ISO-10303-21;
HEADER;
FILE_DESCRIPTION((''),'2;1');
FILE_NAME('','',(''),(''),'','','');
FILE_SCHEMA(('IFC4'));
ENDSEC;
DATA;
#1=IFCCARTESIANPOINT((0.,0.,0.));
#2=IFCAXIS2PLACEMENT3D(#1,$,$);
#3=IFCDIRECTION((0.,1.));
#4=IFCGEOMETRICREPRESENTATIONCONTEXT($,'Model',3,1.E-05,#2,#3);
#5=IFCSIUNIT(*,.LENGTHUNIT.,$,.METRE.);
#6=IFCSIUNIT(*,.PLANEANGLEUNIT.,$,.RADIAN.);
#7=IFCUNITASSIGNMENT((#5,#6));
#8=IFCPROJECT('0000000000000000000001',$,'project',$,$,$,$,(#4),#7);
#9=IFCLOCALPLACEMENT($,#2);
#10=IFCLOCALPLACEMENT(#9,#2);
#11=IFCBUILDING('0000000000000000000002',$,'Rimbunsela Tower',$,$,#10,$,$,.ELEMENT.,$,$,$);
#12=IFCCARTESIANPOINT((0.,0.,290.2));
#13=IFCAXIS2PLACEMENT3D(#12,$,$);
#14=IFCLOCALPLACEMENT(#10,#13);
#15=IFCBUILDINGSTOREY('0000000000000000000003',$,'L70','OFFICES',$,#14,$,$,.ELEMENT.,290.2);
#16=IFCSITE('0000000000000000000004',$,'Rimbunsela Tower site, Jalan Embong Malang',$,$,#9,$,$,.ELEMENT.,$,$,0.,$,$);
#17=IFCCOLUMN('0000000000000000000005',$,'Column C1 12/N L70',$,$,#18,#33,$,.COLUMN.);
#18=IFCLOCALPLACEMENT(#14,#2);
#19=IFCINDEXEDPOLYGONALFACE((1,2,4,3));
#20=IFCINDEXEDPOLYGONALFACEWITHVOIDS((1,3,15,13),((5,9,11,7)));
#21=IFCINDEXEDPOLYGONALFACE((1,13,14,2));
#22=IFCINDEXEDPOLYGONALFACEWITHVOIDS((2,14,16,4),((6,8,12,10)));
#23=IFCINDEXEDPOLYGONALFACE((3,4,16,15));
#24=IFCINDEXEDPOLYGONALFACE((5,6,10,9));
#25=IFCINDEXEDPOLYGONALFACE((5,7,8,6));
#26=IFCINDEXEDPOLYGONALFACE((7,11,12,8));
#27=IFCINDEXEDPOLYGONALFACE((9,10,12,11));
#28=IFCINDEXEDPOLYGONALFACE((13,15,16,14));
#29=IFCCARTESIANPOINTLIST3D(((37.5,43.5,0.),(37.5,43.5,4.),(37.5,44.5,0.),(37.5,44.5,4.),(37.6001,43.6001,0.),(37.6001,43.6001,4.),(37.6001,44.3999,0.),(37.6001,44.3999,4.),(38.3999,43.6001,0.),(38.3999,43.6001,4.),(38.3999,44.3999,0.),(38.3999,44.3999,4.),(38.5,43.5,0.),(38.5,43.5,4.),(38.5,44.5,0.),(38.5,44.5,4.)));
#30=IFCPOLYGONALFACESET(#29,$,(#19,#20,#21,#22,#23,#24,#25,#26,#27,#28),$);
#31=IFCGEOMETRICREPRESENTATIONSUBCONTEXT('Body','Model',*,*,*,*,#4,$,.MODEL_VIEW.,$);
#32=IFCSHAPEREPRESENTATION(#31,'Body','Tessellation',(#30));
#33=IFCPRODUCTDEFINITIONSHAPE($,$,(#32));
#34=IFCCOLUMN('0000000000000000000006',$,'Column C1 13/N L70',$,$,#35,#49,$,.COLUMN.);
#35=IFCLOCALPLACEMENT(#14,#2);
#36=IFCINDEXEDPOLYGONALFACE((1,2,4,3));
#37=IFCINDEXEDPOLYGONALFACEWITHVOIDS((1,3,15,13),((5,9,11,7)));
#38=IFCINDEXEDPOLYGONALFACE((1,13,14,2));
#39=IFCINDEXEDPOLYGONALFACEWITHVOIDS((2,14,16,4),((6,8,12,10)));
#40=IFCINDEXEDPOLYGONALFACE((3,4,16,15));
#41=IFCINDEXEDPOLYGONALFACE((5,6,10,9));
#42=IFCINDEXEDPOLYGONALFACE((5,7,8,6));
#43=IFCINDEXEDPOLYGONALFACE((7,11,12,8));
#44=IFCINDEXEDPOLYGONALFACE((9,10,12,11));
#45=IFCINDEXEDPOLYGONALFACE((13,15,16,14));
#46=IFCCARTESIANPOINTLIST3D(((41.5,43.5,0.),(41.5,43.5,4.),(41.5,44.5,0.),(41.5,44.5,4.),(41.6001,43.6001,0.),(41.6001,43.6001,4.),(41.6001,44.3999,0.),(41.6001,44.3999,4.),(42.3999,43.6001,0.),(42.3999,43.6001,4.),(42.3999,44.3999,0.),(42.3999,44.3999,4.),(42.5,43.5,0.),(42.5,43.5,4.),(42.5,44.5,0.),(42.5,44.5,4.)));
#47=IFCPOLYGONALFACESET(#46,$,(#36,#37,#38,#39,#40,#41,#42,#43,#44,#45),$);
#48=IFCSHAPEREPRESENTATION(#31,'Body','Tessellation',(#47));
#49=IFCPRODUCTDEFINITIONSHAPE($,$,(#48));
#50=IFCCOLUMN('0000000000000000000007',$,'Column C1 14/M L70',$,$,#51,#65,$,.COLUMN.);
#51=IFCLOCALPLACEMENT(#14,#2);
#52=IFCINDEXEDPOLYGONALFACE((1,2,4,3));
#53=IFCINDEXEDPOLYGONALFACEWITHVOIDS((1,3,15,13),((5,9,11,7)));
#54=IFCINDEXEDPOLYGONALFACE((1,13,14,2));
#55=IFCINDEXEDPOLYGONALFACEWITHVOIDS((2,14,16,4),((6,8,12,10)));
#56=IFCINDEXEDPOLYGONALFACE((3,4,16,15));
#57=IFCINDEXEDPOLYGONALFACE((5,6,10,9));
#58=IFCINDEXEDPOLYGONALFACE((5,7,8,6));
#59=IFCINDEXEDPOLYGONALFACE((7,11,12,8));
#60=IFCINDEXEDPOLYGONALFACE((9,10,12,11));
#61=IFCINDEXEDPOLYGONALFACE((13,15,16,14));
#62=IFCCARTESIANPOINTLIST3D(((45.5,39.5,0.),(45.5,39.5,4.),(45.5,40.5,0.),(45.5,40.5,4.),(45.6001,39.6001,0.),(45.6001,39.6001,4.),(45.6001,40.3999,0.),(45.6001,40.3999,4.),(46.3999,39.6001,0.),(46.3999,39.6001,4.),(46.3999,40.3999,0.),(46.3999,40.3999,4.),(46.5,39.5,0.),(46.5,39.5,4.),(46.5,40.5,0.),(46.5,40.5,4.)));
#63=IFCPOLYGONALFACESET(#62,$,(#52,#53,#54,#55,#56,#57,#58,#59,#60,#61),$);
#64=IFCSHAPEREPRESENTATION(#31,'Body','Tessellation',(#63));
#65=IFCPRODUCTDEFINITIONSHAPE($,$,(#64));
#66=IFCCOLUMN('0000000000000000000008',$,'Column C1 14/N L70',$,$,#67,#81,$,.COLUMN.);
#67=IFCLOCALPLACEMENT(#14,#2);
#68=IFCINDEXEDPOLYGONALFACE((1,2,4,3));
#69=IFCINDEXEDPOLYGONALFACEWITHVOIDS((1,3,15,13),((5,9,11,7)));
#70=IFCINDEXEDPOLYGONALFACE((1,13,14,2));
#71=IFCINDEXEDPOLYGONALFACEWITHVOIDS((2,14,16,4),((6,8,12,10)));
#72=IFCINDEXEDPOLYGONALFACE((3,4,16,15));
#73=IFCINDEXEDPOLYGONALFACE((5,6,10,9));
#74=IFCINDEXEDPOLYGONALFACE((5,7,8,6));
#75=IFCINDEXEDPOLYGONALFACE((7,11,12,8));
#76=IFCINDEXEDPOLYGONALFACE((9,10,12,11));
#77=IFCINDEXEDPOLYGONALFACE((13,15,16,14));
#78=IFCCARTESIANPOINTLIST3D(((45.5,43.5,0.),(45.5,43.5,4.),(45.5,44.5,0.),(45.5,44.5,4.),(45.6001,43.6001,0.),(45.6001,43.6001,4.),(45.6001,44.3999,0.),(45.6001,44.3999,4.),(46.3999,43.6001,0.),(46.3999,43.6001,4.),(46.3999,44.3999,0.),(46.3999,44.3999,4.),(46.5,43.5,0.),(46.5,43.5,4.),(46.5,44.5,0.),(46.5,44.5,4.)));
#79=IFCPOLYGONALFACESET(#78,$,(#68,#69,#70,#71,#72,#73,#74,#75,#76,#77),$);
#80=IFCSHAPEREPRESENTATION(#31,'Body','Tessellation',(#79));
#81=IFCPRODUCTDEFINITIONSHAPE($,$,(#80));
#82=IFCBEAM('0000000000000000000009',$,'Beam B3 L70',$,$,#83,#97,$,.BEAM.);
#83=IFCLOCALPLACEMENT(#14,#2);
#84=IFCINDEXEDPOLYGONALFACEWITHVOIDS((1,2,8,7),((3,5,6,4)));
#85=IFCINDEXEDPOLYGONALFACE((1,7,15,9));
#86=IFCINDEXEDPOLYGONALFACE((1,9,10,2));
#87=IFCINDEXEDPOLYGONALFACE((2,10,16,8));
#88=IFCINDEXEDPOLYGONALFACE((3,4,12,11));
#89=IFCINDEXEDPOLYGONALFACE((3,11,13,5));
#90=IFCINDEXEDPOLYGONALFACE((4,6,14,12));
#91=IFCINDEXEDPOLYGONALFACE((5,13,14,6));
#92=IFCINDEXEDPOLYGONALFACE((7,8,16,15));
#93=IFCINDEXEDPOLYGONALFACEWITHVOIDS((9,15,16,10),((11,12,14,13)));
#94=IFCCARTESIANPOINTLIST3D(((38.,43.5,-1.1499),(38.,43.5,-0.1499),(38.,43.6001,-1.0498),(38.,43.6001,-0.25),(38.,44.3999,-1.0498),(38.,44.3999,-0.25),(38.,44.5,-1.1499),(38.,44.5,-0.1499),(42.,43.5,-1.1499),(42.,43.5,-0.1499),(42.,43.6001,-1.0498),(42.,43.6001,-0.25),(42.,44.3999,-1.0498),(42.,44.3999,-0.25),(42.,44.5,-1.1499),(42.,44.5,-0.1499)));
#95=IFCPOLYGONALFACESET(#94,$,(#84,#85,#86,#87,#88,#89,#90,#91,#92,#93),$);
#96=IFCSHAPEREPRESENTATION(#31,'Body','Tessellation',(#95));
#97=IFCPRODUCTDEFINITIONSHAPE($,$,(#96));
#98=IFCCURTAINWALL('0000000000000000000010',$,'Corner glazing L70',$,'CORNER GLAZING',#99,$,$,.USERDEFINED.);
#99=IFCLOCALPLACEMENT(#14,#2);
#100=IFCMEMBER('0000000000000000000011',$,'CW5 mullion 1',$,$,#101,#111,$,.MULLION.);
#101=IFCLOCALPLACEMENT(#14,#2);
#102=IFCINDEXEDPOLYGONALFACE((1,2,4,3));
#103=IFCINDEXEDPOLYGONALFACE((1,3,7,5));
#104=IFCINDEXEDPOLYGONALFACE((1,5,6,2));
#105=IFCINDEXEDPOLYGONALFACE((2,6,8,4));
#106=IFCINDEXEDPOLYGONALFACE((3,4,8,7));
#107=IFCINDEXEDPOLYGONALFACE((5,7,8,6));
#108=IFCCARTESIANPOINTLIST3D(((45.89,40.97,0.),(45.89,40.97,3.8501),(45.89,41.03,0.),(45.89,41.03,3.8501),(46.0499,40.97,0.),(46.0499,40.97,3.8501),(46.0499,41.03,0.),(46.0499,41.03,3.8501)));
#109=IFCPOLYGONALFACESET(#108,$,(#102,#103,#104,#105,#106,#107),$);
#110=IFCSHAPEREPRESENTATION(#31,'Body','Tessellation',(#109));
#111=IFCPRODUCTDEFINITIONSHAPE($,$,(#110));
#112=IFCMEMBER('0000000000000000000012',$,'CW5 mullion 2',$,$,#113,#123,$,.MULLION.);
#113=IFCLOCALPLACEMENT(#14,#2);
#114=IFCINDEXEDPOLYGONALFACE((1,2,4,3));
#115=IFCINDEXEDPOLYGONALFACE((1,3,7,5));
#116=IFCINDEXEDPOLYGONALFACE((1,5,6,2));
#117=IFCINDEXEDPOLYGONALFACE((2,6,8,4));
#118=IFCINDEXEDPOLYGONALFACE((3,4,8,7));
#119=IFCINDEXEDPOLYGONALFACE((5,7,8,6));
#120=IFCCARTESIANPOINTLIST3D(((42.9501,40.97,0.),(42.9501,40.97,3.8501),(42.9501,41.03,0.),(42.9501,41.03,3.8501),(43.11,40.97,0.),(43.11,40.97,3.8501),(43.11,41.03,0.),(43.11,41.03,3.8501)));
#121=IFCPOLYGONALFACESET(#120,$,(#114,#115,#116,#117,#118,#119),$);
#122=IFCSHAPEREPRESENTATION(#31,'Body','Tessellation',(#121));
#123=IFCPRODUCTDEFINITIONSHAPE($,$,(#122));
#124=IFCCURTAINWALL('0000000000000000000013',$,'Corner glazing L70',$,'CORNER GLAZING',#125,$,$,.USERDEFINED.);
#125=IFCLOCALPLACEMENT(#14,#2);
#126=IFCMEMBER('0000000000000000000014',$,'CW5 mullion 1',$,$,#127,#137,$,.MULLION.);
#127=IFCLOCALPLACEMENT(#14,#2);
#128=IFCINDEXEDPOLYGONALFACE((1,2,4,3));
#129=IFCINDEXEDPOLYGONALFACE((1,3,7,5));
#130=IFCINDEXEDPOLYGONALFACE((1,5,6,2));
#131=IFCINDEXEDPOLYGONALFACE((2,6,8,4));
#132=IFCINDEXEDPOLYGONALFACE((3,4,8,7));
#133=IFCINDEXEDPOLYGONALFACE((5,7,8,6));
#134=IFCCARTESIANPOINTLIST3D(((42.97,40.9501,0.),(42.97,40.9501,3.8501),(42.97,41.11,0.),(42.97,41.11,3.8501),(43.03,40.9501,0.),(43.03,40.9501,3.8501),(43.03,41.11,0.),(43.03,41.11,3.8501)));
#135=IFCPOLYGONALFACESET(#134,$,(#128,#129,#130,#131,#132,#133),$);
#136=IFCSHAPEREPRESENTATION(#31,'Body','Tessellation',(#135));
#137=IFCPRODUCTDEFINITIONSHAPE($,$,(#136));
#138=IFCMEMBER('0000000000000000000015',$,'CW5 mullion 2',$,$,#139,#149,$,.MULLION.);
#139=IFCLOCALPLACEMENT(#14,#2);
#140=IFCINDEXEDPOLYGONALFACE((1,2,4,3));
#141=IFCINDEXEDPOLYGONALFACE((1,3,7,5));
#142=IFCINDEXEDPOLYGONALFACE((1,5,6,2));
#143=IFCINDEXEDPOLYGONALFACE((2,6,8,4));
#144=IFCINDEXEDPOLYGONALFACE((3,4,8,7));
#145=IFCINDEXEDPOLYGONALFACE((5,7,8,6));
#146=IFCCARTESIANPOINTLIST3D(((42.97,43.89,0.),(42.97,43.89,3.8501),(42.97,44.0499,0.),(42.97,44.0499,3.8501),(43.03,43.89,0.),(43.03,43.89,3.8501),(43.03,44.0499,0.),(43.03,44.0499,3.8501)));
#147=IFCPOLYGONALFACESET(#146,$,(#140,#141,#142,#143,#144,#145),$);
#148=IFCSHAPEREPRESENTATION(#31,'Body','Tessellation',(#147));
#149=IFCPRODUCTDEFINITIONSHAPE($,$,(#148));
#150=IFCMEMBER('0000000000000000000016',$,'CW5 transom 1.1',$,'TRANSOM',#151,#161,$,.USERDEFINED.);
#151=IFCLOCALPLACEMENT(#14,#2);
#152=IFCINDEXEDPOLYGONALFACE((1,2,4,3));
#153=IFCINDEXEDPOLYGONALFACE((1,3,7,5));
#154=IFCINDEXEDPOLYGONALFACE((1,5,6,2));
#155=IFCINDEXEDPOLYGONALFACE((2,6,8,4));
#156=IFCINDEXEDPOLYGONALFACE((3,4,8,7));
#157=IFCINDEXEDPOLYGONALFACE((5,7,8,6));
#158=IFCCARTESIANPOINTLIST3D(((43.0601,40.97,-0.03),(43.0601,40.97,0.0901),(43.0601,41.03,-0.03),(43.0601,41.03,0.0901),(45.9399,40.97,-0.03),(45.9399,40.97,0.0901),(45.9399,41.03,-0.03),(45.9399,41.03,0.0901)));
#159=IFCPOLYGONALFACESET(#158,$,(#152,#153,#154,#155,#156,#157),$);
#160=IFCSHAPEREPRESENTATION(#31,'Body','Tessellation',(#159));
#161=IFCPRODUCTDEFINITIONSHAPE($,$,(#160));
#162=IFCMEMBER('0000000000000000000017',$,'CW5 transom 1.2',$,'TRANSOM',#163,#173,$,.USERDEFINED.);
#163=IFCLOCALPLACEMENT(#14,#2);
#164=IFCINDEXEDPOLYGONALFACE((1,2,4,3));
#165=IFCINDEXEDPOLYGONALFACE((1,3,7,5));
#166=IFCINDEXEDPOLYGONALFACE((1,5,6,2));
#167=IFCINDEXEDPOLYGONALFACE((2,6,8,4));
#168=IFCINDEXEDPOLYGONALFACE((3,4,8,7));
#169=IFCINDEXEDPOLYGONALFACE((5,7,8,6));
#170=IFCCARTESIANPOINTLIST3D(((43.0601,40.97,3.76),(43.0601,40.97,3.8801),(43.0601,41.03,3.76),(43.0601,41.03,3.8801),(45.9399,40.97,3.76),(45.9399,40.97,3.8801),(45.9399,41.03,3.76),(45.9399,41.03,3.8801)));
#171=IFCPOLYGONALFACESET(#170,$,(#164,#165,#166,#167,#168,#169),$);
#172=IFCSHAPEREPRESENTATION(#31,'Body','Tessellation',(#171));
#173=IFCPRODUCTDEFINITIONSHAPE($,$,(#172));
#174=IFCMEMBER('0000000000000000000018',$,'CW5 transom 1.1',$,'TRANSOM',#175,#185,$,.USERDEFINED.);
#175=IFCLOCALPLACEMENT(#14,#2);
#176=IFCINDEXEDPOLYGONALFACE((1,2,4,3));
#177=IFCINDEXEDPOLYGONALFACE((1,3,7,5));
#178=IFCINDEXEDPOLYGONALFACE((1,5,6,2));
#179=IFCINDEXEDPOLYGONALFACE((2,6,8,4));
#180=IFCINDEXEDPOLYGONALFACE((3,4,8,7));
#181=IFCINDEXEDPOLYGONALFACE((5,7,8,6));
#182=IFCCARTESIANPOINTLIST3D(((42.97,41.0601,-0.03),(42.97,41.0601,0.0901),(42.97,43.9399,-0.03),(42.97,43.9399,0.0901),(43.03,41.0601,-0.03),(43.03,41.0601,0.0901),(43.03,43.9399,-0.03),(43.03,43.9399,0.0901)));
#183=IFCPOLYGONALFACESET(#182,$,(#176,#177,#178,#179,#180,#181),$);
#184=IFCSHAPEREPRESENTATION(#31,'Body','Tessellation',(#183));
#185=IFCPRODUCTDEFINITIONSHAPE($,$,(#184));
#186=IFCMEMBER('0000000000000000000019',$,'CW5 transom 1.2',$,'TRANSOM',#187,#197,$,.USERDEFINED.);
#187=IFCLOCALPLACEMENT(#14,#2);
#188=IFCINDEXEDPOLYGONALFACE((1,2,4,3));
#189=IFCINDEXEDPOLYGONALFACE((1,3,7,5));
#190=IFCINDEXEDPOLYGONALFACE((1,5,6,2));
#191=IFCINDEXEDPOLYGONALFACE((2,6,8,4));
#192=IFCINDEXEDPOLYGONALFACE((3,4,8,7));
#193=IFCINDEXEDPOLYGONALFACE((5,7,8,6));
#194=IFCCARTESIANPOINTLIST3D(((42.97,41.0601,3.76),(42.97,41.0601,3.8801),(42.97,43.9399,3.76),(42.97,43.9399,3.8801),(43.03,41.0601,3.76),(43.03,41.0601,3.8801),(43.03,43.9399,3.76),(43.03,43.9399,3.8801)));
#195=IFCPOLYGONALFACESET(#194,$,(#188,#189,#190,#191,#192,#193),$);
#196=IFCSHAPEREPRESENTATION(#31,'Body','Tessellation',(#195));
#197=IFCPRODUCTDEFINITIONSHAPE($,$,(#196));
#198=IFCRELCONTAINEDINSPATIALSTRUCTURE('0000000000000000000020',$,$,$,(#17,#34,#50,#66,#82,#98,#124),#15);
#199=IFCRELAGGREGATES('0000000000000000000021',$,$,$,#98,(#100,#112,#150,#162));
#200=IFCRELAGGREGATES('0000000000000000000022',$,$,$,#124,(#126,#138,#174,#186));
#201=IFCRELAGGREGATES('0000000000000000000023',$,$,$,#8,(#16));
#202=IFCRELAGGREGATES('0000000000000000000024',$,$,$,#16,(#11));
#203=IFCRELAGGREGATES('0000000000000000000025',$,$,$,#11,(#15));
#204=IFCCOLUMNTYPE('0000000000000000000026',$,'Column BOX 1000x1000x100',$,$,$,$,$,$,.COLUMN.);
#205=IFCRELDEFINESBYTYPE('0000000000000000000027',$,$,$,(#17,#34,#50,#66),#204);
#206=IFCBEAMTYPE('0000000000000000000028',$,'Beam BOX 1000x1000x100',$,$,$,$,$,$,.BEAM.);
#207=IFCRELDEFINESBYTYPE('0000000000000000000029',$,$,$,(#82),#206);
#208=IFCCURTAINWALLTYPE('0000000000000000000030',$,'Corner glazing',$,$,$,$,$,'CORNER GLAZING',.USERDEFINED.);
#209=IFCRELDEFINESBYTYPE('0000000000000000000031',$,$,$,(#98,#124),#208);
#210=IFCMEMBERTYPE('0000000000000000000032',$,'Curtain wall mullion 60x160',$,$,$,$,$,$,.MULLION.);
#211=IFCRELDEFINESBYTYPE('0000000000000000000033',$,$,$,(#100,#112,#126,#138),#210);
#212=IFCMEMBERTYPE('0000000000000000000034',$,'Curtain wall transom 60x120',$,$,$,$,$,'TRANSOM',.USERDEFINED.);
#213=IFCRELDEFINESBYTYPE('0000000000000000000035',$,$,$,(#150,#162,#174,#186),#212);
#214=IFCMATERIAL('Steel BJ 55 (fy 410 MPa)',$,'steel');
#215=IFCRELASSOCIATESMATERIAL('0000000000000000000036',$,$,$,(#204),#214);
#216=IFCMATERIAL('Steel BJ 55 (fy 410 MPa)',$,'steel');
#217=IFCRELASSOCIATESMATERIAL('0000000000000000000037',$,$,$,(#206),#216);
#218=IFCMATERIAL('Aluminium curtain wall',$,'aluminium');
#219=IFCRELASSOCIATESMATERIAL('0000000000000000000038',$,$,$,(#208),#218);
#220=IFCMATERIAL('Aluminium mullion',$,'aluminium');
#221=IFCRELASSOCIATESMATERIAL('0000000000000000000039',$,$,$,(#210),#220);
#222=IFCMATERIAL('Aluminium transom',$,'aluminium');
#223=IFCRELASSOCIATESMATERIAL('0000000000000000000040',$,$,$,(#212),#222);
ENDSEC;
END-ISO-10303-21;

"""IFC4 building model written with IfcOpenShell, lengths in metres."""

from ifc_helpers import new_model, si_unit, direction, frame, origin, origin_2d, place, context, subcontext, project, spatial, rectangle, hollow_rectangle, extrude, material, material_profile, profile_set, type_object, element, aggregate, save


model = new_model("IFC4")

# Units and contexts
model_context = context("Model", 3, precision=1e-05, world=origin(), true_north=direction((0.0, 1.0)))
body_context = subcontext(model_context, "Body", "Model", "MODEL_VIEW")
ifc_project = project(units=[si_unit("LENGTHUNIT", "METRE"), si_unit("PLANEANGLEUNIT", "RADIAN")], contexts=[model_context])

# Site, building, storey
site_placement = place(None, origin())
site = spatial("IfcSite", under=ifc_project, at=site_placement, Name="Rimbunsela Tower site, Jalan Embong Malang", CompositionType="ELEMENT", RefElevation=0.0)
building_placement = place(site_placement, origin())
building = spatial("IfcBuilding", under=site, at=building_placement, Name="Rimbunsela Tower", CompositionType="ELEMENT")
storey_placement = place(building_placement, frame((0.0, 0.0, 290.2)))
storey = spatial("IfcBuildingStorey", under=building, at=storey_placement, Name="L70", Description="OFFICES", CompositionType="ELEMENT", Elevation=290.2)

# Columns
ifc_material_1 = material(Name="Steel BJ 55 (fy 410 MPa)", Category="steel")
ifc_material_profile_1 = material_profile(ifc_material_1, hollow_rectangle(XDim=1.0, YDim=1.0, WallThickness=0.1001, at=origin_2d()), Name="BOX 1000x1000x100")
ifc_profile_set_1 = profile_set([ifc_material_profile_1], Name="Steel BJ 55 (fy 410 MPa)")
column_type = type_object("IfcColumnType", Name="Column BOX 1000x1000x100", PredefinedType="COLUMN", material=ifc_profile_set_1)
for number, where, z_axis, x_axis, name in (
    (1, (38.0, 44.0, 0.0), (0.0, 0.0, 1.0), (1.0, 0.0, 0.0), "Column C1 12/N L70"),
    (2, (42.0, 44.0, 0.0), (0.0, 0.0, 1.0), (1.0, 0.0, 0.0), "Column C1 13/N L70"),
    (3, (46.0, 40.0, 0.0), (0.0, 0.0, 1.0), (1.0, 0.0, 0.0), "Column C1 14/M L70"),
    (4, (46.0, 44.0, 0.0), (0.0, 0.0, 1.0), (1.0, 0.0, 0.0), "Column C1 14/N L70"),
):
    element("IfcColumn", number, at=place(storey_placement, frame(where, z_axis=z_axis, x_axis=x_axis)), inside=storey, type_object=column_type, Name=name, PredefinedType="COLUMN", context=body_context, shape_type="SweptSolid", body=[
        extrude(hollow_rectangle(XDim=1.0, YDim=1.0, WallThickness=0.1001, at=origin_2d()), origin(), (0.0, 0.0, 1.0), 4.0),
    ])

# Beam
ifc_material_2 = material(Name="Steel BJ 55 (fy 410 MPa)", Category="steel")
ifc_material_profile_2 = material_profile(ifc_material_2, hollow_rectangle(XDim=1.0, YDim=1.0, WallThickness=0.1001, at=origin_2d()), Name="BOX 1000x1000x100")
ifc_profile_set_2 = profile_set([ifc_material_profile_2], Name="Steel BJ 55 (fy 410 MPa)")
beam_type = type_object("IfcBeamType", Name="Beam BOX 1000x1000x100", PredefinedType="BEAM", material=ifc_profile_set_2)
beam_placement = place(storey_placement, frame((38.0, 44.0, -0.6499), z_axis=(1.0, 0.0, 0.0), x_axis=(0.0, 1.0, 0.0)))
element("IfcBeam", 5, at=beam_placement, inside=storey, type_object=beam_type, Name="Beam B3 L70", PredefinedType="BEAM", context=body_context, shape_type="SweptSolid", body=[
    extrude(hollow_rectangle(XDim=1.0, YDim=1.0, WallThickness=0.1001, at=origin_2d()), origin(), (0.0, 0.0, 1.0), 4.0),
])

# Curtain walls, members
ifc_material_3 = material(Name="Aluminium curtain wall", Category="aluminium")
curtain_wall_type = type_object("IfcCurtainWallType", Name="Corner glazing", ElementType="CORNER GLAZING", PredefinedType="USERDEFINED", material=ifc_material_3)
curtain_wall_1_placement = place(storey_placement, origin())
curtain_wall_1 = element("IfcCurtainWall", 6, at=curtain_wall_1_placement, inside=storey, type_object=curtain_wall_type, Name="Corner glazing L70", ObjectType="CORNER GLAZING", PredefinedType="USERDEFINED")
ifc_material_4 = material(Name="Aluminium mullion", Category="aluminium")
ifc_material_profile_3 = material_profile(ifc_material_4, rectangle(XDim=0.0601, YDim=0.1599, at=origin_2d()), Name="Mullion 60x160")
ifc_profile_set_3 = profile_set([ifc_material_profile_3], Name="Aluminium mullion")
member_type_1 = type_object("IfcMemberType", Name="Curtain wall mullion 60x160", PredefinedType="MULLION", material=ifc_profile_set_3)
member_1_placement = place(storey_placement, frame((45.97, 41.0, 0.0), z_axis=(0.0, 0.0, 1.0), x_axis=(0.0, -1.0, 0.0)))
member_1 = element("IfcMember", 7, at=member_1_placement, type_object=member_type_1, Name="CW5 mullion 1", PredefinedType="MULLION", context=body_context, shape_type="SweptSolid", body=[
    extrude(rectangle(XDim=0.0601, YDim=0.1599, at=origin_2d()), origin(), (0.0, 0.0, 1.0), 3.8501),
])
member_2_placement = place(storey_placement, frame((43.03, 41.0, 0.0), z_axis=(0.0, 0.0, 1.0), x_axis=(0.0, -1.0, 0.0)))
member_2 = element("IfcMember", 8, at=member_2_placement, type_object=member_type_1, Name="CW5 mullion 2", PredefinedType="MULLION", context=body_context, shape_type="SweptSolid", body=[
    extrude(rectangle(XDim=0.0601, YDim=0.1599, at=origin_2d()), origin(), (0.0, 0.0, 1.0), 3.8501),
])
curtain_wall_2_placement = place(storey_placement, origin())
curtain_wall_2 = element("IfcCurtainWall", 9, at=curtain_wall_2_placement, inside=storey, type_object=curtain_wall_type, Name="Corner glazing L70", ObjectType="CORNER GLAZING", PredefinedType="USERDEFINED")
member_3_placement = place(storey_placement, frame((43.0, 41.03, 0.0), z_axis=(0.0, 0.0, 1.0), x_axis=(-1.0, 0.0, 0.0)))
member_3 = element("IfcMember", 10, at=member_3_placement, type_object=member_type_1, Name="CW5 mullion 1", PredefinedType="MULLION", context=body_context, shape_type="SweptSolid", body=[
    extrude(rectangle(XDim=0.0601, YDim=0.1599, at=origin_2d()), origin(), (0.0, 0.0, 1.0), 3.8501),
])
member_4_placement = place(storey_placement, frame((43.0, 43.97, 0.0), z_axis=(0.0, 0.0, 1.0), x_axis=(-1.0, 0.0, 0.0)))
member_4 = element("IfcMember", 11, at=member_4_placement, type_object=member_type_1, Name="CW5 mullion 2", PredefinedType="MULLION", context=body_context, shape_type="SweptSolid", body=[
    extrude(rectangle(XDim=0.0601, YDim=0.1599, at=origin_2d()), origin(), (0.0, 0.0, 1.0), 3.8501),
])

# Members
ifc_material_5 = material(Name="Aluminium transom", Category="aluminium")
ifc_material_profile_4 = material_profile(ifc_material_5, rectangle(XDim=0.0601, YDim=0.1201, at=origin_2d()), Name="Transom 60x120")
ifc_profile_set_4 = profile_set([ifc_material_profile_4], Name="Aluminium transom")
member_type_2 = type_object("IfcMemberType", Name="Curtain wall transom 60x120", ElementType="TRANSOM", PredefinedType="USERDEFINED", material=ifc_profile_set_4)
member_5_placement = place(storey_placement, frame((45.9399, 41.0, 0.03), z_axis=(-1.0, 0.0, 0.0), x_axis=(0.0, -1.0, 0.0)))
member_5 = element("IfcMember", 12, at=member_5_placement, type_object=member_type_2, Name="CW5 transom 1.1", ObjectType="TRANSOM", PredefinedType="USERDEFINED", context=body_context, shape_type="SweptSolid", body=[
    extrude(rectangle(XDim=0.0601, YDim=0.1201, at=origin_2d()), origin(), (0.0, 0.0, 1.0), 2.8799),
])
member_6_placement = place(storey_placement, frame((45.9399, 41.0, 3.8201), z_axis=(-1.0, 0.0, 0.0), x_axis=(0.0, -1.0, 0.0)))
member_6 = element("IfcMember", 13, at=member_6_placement, type_object=member_type_2, Name="CW5 transom 1.2", ObjectType="TRANSOM", PredefinedType="USERDEFINED", context=body_context, shape_type="SweptSolid", body=[
    extrude(rectangle(XDim=0.0601, YDim=0.1201, at=origin_2d()), origin(), (0.0, 0.0, 1.0), 2.8799),
])
member_7_placement = place(storey_placement, frame((43.0, 41.0601, 0.03), z_axis=(0.0, 1.0, 0.0), x_axis=(-1.0, 0.0, 0.0)))
member_7 = element("IfcMember", 14, at=member_7_placement, type_object=member_type_2, Name="CW5 transom 1.1", ObjectType="TRANSOM", PredefinedType="USERDEFINED", context=body_context, shape_type="SweptSolid", body=[
    extrude(rectangle(XDim=0.0601, YDim=0.1201, at=origin_2d()), origin(), (0.0, 0.0, 1.0), 2.8799),
])
member_8_placement = place(storey_placement, frame((43.0, 41.0601, 3.8201), z_axis=(0.0, 1.0, 0.0), x_axis=(-1.0, 0.0, 0.0)))
member_8 = element("IfcMember", 15, at=member_8_placement, type_object=member_type_2, Name="CW5 transom 1.2", ObjectType="TRANSOM", PredefinedType="USERDEFINED", context=body_context, shape_type="SweptSolid", body=[
    extrude(rectangle(XDim=0.0601, YDim=0.1201, at=origin_2d()), origin(), (0.0, 0.0, 1.0), 2.8799),
])

aggregate(curtain_wall_1, [member_1, member_2, member_5, member_6])
aggregate(curtain_wall_2, [member_3, member_4, member_7, member_8])

save(model, "model.ifc")
